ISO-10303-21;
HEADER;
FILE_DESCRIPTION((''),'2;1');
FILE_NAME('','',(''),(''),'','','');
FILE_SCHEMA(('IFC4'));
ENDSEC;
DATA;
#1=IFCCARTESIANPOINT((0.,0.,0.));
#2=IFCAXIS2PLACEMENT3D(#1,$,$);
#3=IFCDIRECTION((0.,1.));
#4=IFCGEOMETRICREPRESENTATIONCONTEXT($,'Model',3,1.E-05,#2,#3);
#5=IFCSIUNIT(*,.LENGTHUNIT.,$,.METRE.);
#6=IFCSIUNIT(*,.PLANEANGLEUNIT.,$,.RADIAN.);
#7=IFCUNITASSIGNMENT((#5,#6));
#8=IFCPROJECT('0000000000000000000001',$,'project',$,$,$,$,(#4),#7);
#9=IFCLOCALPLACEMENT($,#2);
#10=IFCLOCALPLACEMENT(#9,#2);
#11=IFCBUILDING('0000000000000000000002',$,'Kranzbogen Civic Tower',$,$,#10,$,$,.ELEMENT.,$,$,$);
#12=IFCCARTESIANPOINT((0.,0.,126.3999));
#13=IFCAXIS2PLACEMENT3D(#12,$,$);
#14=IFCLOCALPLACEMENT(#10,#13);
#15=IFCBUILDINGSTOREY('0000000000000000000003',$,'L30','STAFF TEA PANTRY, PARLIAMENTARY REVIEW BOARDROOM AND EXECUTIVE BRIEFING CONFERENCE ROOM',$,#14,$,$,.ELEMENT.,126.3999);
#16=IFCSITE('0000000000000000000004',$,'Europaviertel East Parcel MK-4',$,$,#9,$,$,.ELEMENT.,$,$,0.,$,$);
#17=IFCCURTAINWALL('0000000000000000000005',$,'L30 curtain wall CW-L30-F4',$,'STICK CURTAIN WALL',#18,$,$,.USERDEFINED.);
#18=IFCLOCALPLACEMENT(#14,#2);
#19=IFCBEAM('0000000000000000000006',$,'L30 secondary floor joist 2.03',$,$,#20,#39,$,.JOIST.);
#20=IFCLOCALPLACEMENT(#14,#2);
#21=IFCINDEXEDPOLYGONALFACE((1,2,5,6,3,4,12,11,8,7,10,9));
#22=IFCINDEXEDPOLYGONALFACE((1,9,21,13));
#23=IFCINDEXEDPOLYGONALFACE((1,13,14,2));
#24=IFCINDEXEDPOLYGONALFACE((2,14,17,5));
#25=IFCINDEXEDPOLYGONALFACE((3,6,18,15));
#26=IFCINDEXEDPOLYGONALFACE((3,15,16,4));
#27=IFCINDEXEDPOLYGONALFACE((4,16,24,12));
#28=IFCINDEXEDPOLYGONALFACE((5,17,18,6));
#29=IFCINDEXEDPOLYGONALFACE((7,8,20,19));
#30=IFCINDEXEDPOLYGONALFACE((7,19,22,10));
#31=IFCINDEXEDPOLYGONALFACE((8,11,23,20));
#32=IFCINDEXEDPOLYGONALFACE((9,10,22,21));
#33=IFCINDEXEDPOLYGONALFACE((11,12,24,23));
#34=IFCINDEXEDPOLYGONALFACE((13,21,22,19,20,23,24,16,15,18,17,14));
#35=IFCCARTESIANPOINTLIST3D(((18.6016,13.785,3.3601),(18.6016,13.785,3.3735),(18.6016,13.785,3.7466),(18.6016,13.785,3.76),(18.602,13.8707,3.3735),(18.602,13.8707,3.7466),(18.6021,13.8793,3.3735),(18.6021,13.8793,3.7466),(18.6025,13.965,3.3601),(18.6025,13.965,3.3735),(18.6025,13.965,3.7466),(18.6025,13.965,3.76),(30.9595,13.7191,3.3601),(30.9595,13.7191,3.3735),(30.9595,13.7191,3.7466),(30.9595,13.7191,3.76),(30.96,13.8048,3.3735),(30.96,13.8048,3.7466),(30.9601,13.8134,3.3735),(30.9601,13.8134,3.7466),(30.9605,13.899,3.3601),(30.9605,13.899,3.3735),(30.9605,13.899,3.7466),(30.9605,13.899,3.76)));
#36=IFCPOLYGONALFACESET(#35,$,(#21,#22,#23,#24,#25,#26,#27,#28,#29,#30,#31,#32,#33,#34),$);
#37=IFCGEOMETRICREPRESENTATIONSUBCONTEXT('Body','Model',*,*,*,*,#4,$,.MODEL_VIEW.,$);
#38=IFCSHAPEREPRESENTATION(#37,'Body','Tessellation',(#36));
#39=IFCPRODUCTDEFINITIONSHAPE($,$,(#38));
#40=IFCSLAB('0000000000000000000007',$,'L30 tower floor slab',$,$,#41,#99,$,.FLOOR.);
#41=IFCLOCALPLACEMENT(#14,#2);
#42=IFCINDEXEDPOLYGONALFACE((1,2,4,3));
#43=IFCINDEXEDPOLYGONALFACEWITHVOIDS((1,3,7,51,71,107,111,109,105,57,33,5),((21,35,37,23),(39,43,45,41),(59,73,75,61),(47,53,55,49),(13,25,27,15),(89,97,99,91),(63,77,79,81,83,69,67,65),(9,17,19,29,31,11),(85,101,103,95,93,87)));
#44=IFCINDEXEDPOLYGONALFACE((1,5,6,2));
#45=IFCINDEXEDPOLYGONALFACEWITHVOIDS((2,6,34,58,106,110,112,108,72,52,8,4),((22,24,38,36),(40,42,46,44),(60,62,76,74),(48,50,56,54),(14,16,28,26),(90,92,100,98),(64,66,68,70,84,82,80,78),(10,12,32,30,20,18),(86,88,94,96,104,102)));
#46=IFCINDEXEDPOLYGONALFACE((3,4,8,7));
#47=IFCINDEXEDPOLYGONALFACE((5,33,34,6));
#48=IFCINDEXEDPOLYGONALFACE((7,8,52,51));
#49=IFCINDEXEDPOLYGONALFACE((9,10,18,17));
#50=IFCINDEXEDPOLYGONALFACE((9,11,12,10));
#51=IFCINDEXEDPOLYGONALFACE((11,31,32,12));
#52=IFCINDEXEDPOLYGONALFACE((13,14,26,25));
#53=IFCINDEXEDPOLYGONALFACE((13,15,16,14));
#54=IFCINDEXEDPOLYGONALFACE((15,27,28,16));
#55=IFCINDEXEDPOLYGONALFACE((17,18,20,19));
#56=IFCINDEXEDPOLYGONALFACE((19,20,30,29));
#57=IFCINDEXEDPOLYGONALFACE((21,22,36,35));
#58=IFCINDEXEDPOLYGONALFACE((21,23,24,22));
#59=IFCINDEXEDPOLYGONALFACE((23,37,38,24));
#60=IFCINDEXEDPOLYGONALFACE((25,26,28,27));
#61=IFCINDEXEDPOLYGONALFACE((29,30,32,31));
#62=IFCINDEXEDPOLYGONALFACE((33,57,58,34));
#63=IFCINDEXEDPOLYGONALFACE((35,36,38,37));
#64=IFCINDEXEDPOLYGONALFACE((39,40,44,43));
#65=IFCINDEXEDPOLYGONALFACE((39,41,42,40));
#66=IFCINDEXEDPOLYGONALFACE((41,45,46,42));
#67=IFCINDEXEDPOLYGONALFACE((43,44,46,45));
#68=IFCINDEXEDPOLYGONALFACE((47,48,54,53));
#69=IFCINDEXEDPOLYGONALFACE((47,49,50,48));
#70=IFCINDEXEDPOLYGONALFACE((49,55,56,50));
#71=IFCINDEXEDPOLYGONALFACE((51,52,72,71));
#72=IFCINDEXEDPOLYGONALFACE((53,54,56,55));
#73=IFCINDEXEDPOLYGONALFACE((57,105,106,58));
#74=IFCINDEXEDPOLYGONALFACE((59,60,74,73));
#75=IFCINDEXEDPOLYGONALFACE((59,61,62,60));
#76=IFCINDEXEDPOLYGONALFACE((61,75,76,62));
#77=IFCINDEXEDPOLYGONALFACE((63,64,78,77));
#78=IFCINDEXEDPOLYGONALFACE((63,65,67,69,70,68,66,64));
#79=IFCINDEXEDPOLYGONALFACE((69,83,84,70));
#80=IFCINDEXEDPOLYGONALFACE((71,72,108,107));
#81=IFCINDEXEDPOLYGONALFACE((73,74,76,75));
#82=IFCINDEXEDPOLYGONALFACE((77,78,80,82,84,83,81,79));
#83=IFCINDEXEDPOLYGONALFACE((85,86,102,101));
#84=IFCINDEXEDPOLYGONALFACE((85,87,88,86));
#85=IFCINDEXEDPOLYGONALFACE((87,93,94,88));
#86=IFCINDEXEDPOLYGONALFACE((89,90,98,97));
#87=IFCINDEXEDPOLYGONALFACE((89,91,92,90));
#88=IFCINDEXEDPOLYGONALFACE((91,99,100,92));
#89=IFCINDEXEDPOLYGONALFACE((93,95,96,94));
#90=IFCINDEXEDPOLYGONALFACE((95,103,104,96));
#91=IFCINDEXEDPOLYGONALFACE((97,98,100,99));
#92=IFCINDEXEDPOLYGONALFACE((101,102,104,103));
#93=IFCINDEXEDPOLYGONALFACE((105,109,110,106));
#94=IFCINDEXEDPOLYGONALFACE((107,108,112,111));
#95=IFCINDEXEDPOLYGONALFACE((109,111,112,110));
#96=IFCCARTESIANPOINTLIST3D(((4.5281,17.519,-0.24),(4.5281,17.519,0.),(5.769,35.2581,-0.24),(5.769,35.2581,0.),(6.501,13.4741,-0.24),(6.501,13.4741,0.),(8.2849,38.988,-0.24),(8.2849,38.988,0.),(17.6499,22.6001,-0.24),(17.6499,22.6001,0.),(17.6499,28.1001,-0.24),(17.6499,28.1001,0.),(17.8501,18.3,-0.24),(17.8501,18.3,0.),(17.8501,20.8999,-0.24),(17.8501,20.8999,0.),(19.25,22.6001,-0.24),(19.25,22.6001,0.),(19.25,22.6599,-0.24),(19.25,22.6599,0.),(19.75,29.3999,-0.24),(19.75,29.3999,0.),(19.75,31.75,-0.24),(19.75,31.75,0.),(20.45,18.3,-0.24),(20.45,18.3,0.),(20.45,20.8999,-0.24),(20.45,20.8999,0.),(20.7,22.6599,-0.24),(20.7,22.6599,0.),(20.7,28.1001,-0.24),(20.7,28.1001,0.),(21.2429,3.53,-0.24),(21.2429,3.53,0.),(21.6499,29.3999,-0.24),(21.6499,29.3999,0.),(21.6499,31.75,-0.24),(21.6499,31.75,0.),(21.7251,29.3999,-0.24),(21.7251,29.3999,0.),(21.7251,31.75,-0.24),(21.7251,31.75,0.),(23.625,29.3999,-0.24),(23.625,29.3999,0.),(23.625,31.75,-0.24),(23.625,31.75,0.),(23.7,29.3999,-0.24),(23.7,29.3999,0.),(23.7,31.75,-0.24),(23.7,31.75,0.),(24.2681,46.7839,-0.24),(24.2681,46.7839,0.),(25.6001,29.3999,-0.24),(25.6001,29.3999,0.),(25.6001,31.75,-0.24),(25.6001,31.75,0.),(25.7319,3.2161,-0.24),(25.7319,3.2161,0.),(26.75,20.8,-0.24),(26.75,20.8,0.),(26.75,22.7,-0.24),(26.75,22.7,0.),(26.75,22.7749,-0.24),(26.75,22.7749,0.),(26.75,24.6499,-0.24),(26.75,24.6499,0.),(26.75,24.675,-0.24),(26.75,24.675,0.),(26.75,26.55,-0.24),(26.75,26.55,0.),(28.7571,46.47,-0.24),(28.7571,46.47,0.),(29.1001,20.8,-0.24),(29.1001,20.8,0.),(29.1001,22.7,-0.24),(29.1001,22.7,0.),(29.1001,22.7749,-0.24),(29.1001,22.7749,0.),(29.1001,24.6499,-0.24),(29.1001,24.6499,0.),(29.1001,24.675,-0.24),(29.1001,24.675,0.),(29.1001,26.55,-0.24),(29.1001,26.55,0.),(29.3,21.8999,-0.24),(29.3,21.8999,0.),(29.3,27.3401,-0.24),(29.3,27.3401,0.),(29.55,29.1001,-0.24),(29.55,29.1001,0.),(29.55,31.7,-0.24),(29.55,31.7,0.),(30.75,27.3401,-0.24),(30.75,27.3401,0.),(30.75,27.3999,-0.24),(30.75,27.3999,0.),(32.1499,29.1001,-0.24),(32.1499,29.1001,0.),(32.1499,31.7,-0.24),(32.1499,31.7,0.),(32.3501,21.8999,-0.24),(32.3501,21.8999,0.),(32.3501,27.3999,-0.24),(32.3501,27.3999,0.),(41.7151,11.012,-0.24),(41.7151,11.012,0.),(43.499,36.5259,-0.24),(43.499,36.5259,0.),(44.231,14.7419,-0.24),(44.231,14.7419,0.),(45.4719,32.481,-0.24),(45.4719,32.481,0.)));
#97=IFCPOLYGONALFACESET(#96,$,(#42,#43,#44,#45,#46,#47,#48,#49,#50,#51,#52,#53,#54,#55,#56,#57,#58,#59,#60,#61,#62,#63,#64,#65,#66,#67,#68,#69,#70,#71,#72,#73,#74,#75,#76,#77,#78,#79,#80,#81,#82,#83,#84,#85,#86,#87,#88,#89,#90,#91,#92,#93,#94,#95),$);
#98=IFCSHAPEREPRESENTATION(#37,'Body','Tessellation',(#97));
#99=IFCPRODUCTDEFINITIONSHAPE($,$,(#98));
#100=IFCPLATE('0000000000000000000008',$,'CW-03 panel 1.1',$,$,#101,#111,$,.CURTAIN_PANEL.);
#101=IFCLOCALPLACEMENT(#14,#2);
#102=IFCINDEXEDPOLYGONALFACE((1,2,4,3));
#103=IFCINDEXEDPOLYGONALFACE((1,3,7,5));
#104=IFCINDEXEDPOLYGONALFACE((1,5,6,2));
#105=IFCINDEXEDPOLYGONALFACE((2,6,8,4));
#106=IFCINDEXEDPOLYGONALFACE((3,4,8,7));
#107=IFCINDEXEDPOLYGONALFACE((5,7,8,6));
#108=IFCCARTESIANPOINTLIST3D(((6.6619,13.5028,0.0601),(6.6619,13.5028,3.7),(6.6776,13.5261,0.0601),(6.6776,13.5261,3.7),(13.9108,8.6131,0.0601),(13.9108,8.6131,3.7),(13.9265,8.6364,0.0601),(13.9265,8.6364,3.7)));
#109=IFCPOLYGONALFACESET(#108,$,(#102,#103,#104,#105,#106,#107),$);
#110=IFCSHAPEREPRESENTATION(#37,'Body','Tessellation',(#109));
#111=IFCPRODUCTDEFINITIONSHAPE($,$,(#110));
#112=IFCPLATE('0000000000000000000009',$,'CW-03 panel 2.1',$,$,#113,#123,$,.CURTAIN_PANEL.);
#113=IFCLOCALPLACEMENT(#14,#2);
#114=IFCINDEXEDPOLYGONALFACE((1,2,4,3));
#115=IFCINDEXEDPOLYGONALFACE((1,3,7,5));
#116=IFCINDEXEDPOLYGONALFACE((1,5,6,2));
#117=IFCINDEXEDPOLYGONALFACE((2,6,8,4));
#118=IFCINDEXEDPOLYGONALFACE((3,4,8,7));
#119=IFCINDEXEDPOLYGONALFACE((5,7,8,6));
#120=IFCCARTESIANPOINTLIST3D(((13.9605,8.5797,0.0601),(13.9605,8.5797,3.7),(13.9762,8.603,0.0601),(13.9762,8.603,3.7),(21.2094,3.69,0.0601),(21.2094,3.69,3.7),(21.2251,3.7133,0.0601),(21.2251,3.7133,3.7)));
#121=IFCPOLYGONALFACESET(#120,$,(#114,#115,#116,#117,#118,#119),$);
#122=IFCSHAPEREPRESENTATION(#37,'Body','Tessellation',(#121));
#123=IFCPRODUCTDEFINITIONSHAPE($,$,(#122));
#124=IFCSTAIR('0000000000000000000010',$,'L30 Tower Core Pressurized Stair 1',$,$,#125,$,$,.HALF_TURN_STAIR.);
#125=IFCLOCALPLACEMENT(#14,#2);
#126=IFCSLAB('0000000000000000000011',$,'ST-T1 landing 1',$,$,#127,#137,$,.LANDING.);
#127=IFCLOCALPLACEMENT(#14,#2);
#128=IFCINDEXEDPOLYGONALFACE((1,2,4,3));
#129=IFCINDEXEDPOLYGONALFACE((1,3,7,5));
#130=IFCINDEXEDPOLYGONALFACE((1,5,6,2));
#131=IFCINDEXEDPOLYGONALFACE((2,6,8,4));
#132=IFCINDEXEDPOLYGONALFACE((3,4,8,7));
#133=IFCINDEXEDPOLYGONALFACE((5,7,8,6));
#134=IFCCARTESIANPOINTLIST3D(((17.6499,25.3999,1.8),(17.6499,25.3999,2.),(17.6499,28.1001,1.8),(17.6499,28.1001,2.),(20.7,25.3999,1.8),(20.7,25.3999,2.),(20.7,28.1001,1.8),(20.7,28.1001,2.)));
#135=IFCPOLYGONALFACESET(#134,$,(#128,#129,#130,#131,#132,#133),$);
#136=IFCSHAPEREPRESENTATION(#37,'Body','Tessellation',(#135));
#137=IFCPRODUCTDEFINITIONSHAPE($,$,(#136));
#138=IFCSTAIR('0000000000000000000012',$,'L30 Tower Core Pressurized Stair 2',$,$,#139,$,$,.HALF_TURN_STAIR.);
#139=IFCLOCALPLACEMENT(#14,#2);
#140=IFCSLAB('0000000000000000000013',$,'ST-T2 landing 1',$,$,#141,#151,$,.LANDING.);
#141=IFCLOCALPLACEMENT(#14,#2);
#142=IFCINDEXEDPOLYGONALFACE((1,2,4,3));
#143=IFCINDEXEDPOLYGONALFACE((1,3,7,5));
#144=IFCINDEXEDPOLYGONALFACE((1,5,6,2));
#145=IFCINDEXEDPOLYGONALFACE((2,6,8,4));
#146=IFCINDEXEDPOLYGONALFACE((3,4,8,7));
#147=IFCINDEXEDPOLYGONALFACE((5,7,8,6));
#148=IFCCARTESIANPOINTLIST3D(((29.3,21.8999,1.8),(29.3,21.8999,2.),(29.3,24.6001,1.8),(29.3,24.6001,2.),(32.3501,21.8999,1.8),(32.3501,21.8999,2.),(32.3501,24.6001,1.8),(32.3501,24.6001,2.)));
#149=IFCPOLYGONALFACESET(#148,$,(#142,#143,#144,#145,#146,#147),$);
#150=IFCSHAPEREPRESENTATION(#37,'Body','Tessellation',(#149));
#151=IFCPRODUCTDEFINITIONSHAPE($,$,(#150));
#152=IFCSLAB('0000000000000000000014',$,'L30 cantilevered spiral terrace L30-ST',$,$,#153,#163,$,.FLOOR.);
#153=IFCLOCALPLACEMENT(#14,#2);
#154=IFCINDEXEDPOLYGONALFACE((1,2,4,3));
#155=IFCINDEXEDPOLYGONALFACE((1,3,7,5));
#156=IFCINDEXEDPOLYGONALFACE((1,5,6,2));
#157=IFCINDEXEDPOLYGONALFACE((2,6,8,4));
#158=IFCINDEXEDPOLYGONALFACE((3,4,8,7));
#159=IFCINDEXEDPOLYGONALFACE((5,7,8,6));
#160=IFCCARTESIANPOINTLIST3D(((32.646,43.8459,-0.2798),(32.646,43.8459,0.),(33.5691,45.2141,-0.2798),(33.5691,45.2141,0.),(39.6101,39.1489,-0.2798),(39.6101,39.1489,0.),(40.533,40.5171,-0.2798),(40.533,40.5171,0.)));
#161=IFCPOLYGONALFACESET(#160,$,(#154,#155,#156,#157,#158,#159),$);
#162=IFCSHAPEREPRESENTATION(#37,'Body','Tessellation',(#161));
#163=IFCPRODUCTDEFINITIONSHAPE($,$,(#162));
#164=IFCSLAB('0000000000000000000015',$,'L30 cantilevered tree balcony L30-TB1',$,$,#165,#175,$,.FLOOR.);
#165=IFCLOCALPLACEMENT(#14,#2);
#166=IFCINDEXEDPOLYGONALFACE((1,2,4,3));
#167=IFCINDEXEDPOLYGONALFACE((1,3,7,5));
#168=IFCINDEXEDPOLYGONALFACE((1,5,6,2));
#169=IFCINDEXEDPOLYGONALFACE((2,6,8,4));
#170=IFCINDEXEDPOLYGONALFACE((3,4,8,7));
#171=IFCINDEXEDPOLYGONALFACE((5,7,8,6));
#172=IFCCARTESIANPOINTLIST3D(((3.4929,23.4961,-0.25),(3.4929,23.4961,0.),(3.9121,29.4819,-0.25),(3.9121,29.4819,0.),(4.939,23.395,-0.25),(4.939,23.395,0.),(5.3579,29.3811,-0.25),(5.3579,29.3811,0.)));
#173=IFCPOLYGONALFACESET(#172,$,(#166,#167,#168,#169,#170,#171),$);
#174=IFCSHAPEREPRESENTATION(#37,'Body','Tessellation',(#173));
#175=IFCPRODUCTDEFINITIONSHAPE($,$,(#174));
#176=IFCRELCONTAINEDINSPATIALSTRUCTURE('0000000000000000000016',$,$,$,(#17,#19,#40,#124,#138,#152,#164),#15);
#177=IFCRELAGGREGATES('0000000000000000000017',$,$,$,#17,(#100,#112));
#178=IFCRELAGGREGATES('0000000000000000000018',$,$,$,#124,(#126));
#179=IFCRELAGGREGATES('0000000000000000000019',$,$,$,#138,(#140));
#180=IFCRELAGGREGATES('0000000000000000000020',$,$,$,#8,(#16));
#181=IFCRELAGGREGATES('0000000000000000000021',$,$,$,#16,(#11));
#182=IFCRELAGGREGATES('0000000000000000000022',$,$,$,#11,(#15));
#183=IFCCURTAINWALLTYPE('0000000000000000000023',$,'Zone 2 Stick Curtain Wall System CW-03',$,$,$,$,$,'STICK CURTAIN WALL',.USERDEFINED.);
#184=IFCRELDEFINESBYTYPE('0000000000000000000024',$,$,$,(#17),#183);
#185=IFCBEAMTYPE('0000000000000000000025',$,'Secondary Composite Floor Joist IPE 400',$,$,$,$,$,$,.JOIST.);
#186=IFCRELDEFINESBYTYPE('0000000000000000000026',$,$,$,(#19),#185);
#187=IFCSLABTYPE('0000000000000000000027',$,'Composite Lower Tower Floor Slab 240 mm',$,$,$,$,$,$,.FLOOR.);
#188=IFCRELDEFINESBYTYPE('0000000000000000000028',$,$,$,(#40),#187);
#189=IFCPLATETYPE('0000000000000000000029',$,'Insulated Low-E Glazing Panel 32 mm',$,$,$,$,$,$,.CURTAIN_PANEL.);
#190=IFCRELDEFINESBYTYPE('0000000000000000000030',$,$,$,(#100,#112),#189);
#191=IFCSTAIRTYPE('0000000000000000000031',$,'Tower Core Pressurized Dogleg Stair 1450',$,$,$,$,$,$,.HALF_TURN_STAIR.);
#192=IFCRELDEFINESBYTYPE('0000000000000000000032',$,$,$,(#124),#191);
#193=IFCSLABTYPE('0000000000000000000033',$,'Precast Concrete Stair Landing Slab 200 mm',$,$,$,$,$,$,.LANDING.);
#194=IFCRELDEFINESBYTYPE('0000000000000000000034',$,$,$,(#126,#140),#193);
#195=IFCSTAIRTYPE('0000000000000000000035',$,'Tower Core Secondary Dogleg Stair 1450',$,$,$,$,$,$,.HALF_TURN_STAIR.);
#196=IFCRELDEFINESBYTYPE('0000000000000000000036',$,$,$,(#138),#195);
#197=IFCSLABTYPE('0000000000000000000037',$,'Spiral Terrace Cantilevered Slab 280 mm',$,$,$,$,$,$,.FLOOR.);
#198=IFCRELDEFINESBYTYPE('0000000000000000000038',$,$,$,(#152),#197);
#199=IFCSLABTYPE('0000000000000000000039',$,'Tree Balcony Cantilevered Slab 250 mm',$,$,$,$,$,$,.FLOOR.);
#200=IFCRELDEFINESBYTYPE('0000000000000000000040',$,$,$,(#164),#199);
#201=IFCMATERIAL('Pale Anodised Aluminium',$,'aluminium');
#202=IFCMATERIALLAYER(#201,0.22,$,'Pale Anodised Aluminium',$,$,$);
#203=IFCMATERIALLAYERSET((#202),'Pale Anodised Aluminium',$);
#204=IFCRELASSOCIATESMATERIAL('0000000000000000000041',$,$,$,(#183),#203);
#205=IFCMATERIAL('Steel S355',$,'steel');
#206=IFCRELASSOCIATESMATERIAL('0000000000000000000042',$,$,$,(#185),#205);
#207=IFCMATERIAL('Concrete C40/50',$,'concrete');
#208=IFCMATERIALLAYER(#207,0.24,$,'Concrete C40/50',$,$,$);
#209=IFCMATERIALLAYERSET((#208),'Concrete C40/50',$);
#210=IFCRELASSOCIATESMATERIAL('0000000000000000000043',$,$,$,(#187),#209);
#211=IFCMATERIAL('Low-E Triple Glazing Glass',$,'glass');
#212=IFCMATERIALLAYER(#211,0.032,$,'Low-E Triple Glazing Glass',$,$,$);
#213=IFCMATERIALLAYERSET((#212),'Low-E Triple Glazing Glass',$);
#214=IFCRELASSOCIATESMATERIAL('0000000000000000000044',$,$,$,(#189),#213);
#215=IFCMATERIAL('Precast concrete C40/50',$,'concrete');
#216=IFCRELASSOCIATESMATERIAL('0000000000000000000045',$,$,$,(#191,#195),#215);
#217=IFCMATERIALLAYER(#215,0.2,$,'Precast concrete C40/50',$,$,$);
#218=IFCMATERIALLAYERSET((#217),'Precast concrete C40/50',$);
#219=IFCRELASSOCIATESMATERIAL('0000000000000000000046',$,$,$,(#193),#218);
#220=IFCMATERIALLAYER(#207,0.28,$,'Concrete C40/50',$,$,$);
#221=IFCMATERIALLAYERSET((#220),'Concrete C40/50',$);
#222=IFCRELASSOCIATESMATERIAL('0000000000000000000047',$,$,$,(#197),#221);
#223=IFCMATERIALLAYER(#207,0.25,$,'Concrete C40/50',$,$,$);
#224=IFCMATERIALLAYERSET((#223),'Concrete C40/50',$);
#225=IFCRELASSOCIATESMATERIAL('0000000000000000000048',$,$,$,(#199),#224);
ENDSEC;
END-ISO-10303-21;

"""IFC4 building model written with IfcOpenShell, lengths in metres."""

from ifc_helpers import new_model, si_unit, direction, frame, origin, origin_2d, place, context, subcontext, project, spatial, polyline, rectangle, i_section, outline, extrude, material, layer, layer_set, material_profile, profile_set, type_object, element, aggregate, save


model = new_model("IFC4")

# Units and contexts
model_context = context("Model", 3, precision=1e-05, world=origin(), true_north=direction((0.0, 1.0)))
body_context = subcontext(model_context, "Body", "Model", "MODEL_VIEW")
ifc_project = project(units=[si_unit("LENGTHUNIT", "METRE"), si_unit("PLANEANGLEUNIT", "RADIAN")], contexts=[model_context])

# Site, building, storey
site_placement = place(None, origin())
site = spatial("IfcSite", under=ifc_project, at=site_placement, Name="Europaviertel East Parcel MK-4", CompositionType="ELEMENT", RefElevation=0.0)
building_placement = place(site_placement, origin())
building = spatial("IfcBuilding", under=site, at=building_placement, Name="Kranzbogen Civic Tower", CompositionType="ELEMENT")
storey_placement = place(building_placement, frame((0.0, 0.0, 126.3999)))
storey = spatial("IfcBuildingStorey", under=building, at=storey_placement, Name="L30", Description="STAFF TEA PANTRY, PARLIAMENTARY REVIEW BOARDROOM AND EXECUTIVE BRIEFING CONFERENCE ROOM", CompositionType="ELEMENT", Elevation=126.3999)

# Shared definitions
ifc_material_1 = material(Name="Steel S355", Category="steel")

# Curtain wall
ifc_material_2 = material(Name="Pale Anodised Aluminium", Category="aluminium")
ifc_layer_1 = layer(ifc_material_2, 0.22, Name="Pale Anodised Aluminium")
ifc_layer_set_1 = layer_set([ifc_layer_1], Name="Pale Anodised Aluminium")
curtain_wall_type = type_object("IfcCurtainWallType", Name="Zone 2 Stick Curtain Wall System CW-03", ElementType="STICK CURTAIN WALL", PredefinedType="USERDEFINED", material=ifc_layer_set_1)
curtain_wall_placement = place(storey_placement, origin())
curtain_wall = element("IfcCurtainWall", 1, at=curtain_wall_placement, inside=storey, type_object=curtain_wall_type, Name="L30 curtain wall CW-L30-F4", ObjectType="STICK CURTAIN WALL", PredefinedType="USERDEFINED")

# Beam
ifc_material_profile_1 = material_profile(ifc_material_1, i_section(OverallWidth=0.1799, OverallDepth=0.3999, WebThickness=0.0085, FlangeThickness=0.0134, at=origin_2d()), Name="IPE 400")
ifc_profile_set_1 = profile_set([ifc_material_profile_1], Name="Steel S355")
beam_type_1 = type_object("IfcBeamType", Name="Secondary Composite Floor Joist IPE 400", PredefinedType="JOIST", material=ifc_profile_set_1)
beam_1_placement = place(storey_placement, frame((18.6021, 13.875, 3.5601), z_axis=(0.999986, -0.005334, 0.0), x_axis=(0.005334, 0.999986, 0.0)))
element("IfcBeam", 2, at=beam_1_placement, inside=storey, type_object=beam_type_1, Name="L30 secondary floor joist 2.03", PredefinedType="JOIST", context=body_context, shape_type="SweptSolid", body=[
    extrude(i_section(OverallWidth=0.1799, OverallDepth=0.3999, WebThickness=0.0085, FlangeThickness=0.0134, at=origin_2d()), origin(), (0.0, 0.0, 1.0), 12.3582),
])

# Slab
ifc_material_3 = material(Name="Concrete C40/50", Category="concrete")
ifc_layer_2 = layer(ifc_material_3, 0.24, Name="Concrete C40/50")
ifc_layer_set_2 = layer_set([ifc_layer_2], Name="Concrete C40/50")
slab_type_1 = type_object("IfcSlabType", Name="Composite Lower Tower Floor Slab 240 mm", PredefinedType="FLOOR", material=ifc_layer_set_2)
slab_1_placement = place(storey_placement, frame((0.0, 0.0, -0.24)))
element("IfcSlab", 3, at=slab_1_placement, inside=storey, type_object=slab_type_1, Name="L30 tower floor slab", PredefinedType="FLOOR", context=body_context, shape_type="SweptSolid", body=[
    extrude(outline(polyline([(43.499, 36.5259), (28.7571, 46.47), (24.2681, 46.7839), (8.2849, 38.988), (5.769, 35.2581), (4.5281, 17.519), (6.501, 13.4741), (21.2429, 3.53), (25.7319, 3.2161), (41.7151, 11.012), (44.231, 14.7419), (45.4719, 32.481), (43.499, 36.5259)]), holes=[polyline([(20.45, 20.8999), (20.45, 18.3), (17.8501, 18.3), (17.8501, 20.8999), (20.45, 20.8999)]), polyline([(29.1001, 22.7), (29.1001, 20.8), (26.75, 20.8), (26.75, 22.7), (29.1001, 22.7)]), polyline([(29.1001, 24.6499), (29.1001, 22.7749), (26.75, 22.7749), (26.75, 24.6499), (26.75, 24.675), (26.75, 26.55), (29.1001, 26.55), (29.1001, 24.675), (29.1001, 24.6499)]), polyline([(30.75, 27.3401), (30.75, 27.3999), (32.3501, 27.3999), (32.3501, 21.8999), (29.3, 21.8999), (29.3, 27.3401), (30.75, 27.3401)]), polyline([(19.25, 22.6599), (19.25, 22.6001), (17.6499, 22.6001), (17.6499, 28.1001), (20.7, 28.1001), (20.7, 22.6599), (19.25, 22.6599)]), polyline([(32.1499, 31.7), (32.1499, 29.1001), (29.55, 29.1001), (29.55, 31.7), (32.1499, 31.7)]), polyline([(21.6499, 31.75), (21.6499, 29.3999), (19.75, 29.3999), (19.75, 31.75), (21.6499, 31.75)]), polyline([(23.625, 29.3999), (21.7251, 29.3999), (21.7251, 31.75), (23.625, 31.75), (23.625, 29.3999)]), polyline([(25.6001, 29.3999), (23.7, 29.3999), (23.7, 31.75), (25.6001, 31.75), (25.6001, 29.3999)])]), origin(), (0.0, 0.0, 1.0), 0.24),
])

# Plates
ifc_material_4 = material(Name="Low-E Triple Glazing Glass", Category="glass")
ifc_layer_3 = layer(ifc_material_4, 0.032, Name="Low-E Triple Glazing Glass")
ifc_layer_set_3 = layer_set([ifc_layer_3], Name="Low-E Triple Glazing Glass")
plate_type = type_object("IfcPlateType", Name="Insulated Low-E Glazing Panel 32 mm", PredefinedType="CURTAIN_PANEL", material=ifc_layer_set_3)
plate_1_placement = place(storey_placement, frame((10.2942, 11.0696, 0.0601), z_axis=(0.0, 0.0, 1.0), x_axis=(0.829025, -0.559211, 0.0)))
plate_1 = element("IfcPlate", 4, at=plate_1_placement, type_object=plate_type, Name="CW-03 panel 1.1", PredefinedType="CURTAIN_PANEL", context=body_context, shape_type="SweptSolid", body=[
    extrude(rectangle(XDim=8.7439, YDim=0.0281, at=origin_2d()), origin(), (0.0, 0.0, 1.0), 3.6399),
])
plate_2_placement = place(storey_placement, frame((17.5928, 6.1465, 0.0601), z_axis=(0.0, 0.0, 1.0), x_axis=(0.829025, -0.559211, 0.0)))
plate_2 = element("IfcPlate", 5, at=plate_2_placement, type_object=plate_type, Name="CW-03 panel 2.1", PredefinedType="CURTAIN_PANEL", context=body_context, shape_type="SweptSolid", body=[
    extrude(rectangle(XDim=8.7439, YDim=0.0281, at=origin_2d()), origin(), (0.0, 0.0, 1.0), 3.6399),
])
aggregate(curtain_wall, [plate_1, plate_2])

# Stairs, slabs
ifc_material_5 = material(Name="Precast concrete C40/50", Category="concrete")
stair_type_1 = type_object("IfcStairType", Name="Tower Core Pressurized Dogleg Stair 1450", PredefinedType="HALF_TURN_STAIR", material=ifc_material_5)
stair_1_placement = place(storey_placement, origin())
stair_1 = element("IfcStair", 6, at=stair_1_placement, inside=storey, type_object=stair_type_1, Name="L30 Tower Core Pressurized Stair 1", PredefinedType="HALF_TURN_STAIR")
ifc_layer_4 = layer(ifc_material_5, 0.2, Name="Precast concrete C40/50")
ifc_layer_set_4 = layer_set([ifc_layer_4], Name="Precast concrete C40/50")
slab_type_2 = type_object("IfcSlabType", Name="Precast Concrete Stair Landing Slab 200 mm", PredefinedType="LANDING", material=ifc_layer_set_4)
slab_2_placement = place(storey_placement, frame((0.0, 0.0, 1.8)))
slab_2 = element("IfcSlab", 7, at=slab_2_placement, type_object=slab_type_2, Name="ST-T1 landing 1", PredefinedType="LANDING", context=body_context, shape_type="SweptSolid", body=[
    extrude(outline(polyline([(20.7, 25.3999), (20.7, 28.1001), (17.6499, 28.1001), (17.6499, 25.3999), (20.7, 25.3999)])), origin(), (0.0, 0.0, 1.0), 0.2),
])
aggregate(stair_1, [slab_2])
stair_type_2 = type_object("IfcStairType", Name="Tower Core Secondary Dogleg Stair 1450", PredefinedType="HALF_TURN_STAIR", material=ifc_material_5)
stair_2_placement = place(storey_placement, origin())
stair_2 = element("IfcStair", 8, at=stair_2_placement, inside=storey, type_object=stair_type_2, Name="L30 Tower Core Pressurized Stair 2", PredefinedType="HALF_TURN_STAIR")
slab_3_placement = place(storey_placement, frame((0.0, 0.0, 1.8)))
slab_3 = element("IfcSlab", 9, at=slab_3_placement, type_object=slab_type_2, Name="ST-T2 landing 1", PredefinedType="LANDING", context=body_context, shape_type="SweptSolid", body=[
    extrude(outline(polyline([(29.3, 24.6001), (29.3, 21.8999), (32.3501, 21.8999), (32.3501, 24.6001), (29.3, 24.6001)])), origin(), (0.0, 0.0, 1.0), 0.2),
])
aggregate(stair_2, [slab_3])

# Slabs
ifc_layer_5 = layer(ifc_material_3, 0.28, Name="Concrete C40/50")
ifc_layer_set_5 = layer_set([ifc_layer_5], Name="Concrete C40/50")
slab_type_3 = type_object("IfcSlabType", Name="Spiral Terrace Cantilevered Slab 280 mm", PredefinedType="FLOOR", material=ifc_layer_set_5)
slab_4_placement = place(storey_placement, frame((0.0, 0.0, -0.2798)))
element("IfcSlab", 10, at=slab_4_placement, inside=storey, type_object=slab_type_3, Name="L30 cantilevered spiral terrace L30-ST", PredefinedType="FLOOR", context=body_context, shape_type="SweptSolid", body=[
    extrude(outline(polyline([(39.6101, 39.1489), (32.646, 43.8459), (33.5691, 45.2141), (40.533, 40.5171), (39.6101, 39.1489)])), origin(), (0.0, 0.0, 1.0), 0.2798),
])
ifc_layer_6 = layer(ifc_material_3, 0.25, Name="Concrete C40/50")
ifc_layer_set_6 = layer_set([ifc_layer_6], Name="Concrete C40/50")
slab_type_4 = type_object("IfcSlabType", Name="Tree Balcony Cantilevered Slab 250 mm", PredefinedType="FLOOR", material=ifc_layer_set_6)
slab_5_placement = place(storey_placement, frame((0.0, 0.0, -0.25)))
element("IfcSlab", 11, at=slab_5_placement, inside=storey, type_object=slab_type_4, Name="L30 cantilevered tree balcony L30-TB1", PredefinedType="FLOOR", context=body_context, shape_type="SweptSolid", body=[
    extrude(outline(polyline([(5.3579, 29.3811), (4.939, 23.395), (3.4929, 23.4961), (3.9121, 29.4819), (5.3579, 29.3811)])), origin(), (0.0, 0.0, 1.0), 0.25),
])

save(model, "model.ifc")
